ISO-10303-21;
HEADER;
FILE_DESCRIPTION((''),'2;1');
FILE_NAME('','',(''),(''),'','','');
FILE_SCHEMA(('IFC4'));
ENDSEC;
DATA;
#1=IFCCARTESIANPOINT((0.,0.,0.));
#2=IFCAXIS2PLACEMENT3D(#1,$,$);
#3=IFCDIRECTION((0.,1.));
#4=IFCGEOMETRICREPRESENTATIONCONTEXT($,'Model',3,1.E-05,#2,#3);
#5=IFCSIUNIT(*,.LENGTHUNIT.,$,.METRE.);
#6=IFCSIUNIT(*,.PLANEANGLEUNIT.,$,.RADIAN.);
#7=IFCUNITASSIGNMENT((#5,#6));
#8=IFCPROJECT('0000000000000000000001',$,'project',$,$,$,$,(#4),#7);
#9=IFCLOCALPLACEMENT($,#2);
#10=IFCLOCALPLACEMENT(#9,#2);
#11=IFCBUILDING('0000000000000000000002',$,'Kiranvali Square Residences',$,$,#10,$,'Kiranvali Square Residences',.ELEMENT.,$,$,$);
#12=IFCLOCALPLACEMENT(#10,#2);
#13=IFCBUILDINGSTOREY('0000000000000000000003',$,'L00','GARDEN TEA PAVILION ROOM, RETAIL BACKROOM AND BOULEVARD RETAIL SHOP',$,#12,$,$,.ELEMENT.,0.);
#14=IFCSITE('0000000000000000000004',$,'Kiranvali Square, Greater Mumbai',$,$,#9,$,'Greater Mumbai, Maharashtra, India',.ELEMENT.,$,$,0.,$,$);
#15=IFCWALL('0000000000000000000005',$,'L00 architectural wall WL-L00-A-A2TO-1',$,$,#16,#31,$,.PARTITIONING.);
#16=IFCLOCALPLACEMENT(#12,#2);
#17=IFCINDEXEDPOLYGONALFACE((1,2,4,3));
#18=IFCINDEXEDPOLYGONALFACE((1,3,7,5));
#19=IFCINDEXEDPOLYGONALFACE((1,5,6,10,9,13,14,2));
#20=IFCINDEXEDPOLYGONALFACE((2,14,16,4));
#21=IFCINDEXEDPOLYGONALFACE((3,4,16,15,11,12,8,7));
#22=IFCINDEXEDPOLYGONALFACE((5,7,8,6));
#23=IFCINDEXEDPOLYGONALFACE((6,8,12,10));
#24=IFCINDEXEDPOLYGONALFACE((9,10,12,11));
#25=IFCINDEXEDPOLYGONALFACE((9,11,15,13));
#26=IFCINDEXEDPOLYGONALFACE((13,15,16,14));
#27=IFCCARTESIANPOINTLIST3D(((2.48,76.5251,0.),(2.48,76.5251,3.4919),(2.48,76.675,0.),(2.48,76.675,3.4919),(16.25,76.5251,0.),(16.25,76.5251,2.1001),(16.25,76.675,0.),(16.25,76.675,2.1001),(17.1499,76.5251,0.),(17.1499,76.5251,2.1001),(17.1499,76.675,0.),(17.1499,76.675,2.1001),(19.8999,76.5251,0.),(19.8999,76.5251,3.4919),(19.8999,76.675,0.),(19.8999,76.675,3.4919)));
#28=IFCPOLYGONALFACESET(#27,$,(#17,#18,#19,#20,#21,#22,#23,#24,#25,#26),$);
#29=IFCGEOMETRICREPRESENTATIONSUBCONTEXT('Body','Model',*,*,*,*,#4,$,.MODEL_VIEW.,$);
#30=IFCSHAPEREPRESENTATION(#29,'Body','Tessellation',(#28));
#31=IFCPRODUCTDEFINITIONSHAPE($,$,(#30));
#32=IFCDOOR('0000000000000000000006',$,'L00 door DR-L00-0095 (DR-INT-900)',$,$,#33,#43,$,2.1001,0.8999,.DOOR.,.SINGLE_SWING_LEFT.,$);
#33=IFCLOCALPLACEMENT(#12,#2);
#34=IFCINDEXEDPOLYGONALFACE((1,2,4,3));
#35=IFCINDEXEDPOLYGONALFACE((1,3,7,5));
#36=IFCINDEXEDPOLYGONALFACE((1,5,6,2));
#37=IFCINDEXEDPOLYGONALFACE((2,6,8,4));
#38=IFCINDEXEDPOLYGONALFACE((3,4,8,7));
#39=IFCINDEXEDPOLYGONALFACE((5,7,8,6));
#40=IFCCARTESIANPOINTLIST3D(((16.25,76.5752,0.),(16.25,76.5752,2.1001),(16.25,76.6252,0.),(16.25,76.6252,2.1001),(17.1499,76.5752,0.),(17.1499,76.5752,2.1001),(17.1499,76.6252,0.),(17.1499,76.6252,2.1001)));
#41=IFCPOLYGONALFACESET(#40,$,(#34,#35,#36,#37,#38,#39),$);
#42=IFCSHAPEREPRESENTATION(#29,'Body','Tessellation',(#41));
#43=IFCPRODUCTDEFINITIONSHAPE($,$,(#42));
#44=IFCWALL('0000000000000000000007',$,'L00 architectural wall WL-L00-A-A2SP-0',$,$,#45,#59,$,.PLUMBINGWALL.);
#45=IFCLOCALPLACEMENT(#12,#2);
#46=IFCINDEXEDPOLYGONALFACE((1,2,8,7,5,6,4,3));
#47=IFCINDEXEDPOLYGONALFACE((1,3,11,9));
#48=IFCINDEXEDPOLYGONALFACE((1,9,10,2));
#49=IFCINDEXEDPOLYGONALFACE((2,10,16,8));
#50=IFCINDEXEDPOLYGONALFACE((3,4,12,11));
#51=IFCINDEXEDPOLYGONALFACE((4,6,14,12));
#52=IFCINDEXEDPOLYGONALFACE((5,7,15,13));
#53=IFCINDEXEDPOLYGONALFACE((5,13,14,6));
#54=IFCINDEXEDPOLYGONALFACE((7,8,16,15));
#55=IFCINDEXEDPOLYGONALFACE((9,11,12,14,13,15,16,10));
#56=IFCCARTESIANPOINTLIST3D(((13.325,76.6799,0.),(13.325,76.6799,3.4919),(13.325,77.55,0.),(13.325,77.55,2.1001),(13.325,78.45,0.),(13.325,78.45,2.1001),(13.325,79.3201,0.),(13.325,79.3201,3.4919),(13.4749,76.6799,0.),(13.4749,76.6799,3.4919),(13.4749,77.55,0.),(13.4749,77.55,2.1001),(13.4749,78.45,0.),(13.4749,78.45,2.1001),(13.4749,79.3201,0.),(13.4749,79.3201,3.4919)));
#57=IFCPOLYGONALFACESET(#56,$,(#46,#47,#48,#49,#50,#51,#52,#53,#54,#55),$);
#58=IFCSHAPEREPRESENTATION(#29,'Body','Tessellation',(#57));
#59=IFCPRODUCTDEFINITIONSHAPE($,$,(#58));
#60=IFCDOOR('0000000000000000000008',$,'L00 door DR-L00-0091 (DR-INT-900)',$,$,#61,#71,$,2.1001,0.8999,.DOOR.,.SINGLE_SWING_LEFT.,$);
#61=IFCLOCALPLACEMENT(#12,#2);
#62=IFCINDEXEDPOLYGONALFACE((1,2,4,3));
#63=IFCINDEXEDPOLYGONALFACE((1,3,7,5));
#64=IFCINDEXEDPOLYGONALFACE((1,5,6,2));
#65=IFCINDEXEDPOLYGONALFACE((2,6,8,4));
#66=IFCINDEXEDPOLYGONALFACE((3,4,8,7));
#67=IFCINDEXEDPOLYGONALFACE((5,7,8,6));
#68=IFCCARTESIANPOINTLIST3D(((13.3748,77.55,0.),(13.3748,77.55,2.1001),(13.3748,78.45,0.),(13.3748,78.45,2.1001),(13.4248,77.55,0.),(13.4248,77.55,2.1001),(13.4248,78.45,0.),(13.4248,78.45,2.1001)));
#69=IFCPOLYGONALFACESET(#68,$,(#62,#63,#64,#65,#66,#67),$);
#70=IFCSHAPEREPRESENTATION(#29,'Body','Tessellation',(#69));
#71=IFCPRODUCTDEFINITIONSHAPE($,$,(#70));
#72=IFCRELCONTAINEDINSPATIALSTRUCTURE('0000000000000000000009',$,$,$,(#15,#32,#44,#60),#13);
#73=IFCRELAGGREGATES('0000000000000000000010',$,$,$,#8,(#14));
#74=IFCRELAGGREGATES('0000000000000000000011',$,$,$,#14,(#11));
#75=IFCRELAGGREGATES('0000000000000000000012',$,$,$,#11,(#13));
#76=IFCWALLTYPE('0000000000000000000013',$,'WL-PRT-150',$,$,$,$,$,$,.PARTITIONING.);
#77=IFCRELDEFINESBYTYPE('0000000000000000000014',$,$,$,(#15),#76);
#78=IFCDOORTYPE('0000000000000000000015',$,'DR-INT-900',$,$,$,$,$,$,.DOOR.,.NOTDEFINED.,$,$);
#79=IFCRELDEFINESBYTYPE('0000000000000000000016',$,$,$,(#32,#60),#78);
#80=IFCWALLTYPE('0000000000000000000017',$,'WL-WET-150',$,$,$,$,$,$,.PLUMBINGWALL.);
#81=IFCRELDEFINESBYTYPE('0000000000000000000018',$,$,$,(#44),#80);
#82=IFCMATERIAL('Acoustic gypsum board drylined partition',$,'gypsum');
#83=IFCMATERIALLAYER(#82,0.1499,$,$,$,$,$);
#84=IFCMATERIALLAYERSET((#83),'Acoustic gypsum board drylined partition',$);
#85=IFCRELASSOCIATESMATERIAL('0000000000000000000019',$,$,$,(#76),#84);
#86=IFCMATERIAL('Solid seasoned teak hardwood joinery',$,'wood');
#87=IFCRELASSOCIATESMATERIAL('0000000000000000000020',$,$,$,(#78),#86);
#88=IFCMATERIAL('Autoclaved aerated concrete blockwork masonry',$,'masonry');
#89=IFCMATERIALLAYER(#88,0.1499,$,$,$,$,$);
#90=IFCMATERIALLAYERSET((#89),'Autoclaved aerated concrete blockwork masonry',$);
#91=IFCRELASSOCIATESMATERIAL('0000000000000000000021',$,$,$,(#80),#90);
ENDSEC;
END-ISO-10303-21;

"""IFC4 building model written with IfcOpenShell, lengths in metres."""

from ifc_helpers import new_model, si_unit, direction, frame, frame_2d, origin, place, context, subcontext, project, spatial, rectangle, extrude, material, layer, layer_set, type_object, element, fill, save


model = new_model("IFC4")

# Units and contexts
model_context = context("Model", 3, precision=1e-05, world=origin(), true_north=direction((0.0, 1.0)))
body_context = subcontext(model_context, "Body", "Model", "MODEL_VIEW")
ifc_project = project(units=[si_unit("LENGTHUNIT", "METRE"), si_unit("PLANEANGLEUNIT", "RADIAN")], contexts=[model_context])

# Site, building, storey
site_placement = place(None, origin())
site = spatial("IfcSite", under=ifc_project, at=site_placement, Name="Kiranvali Square, Greater Mumbai", LongName="Greater Mumbai, Maharashtra, India", CompositionType="ELEMENT", RefElevation=0.0)
building_placement = place(site_placement, origin())
building = spatial("IfcBuilding", under=site, at=building_placement, Name="Kiranvali Square Residences", LongName="Kiranvali Square Residences", CompositionType="ELEMENT")
storey_placement = place(building_placement, origin())
storey = spatial("IfcBuildingStorey", under=building, at=storey_placement, Name="L00", Description="GARDEN TEA PAVILION ROOM, RETAIL BACKROOM AND BOULEVARD RETAIL SHOP", CompositionType="ELEMENT", Elevation=0.0)

# Shared definitions
ifc_material_1 = material(Name="Autoclaved aerated concrete blockwork masonry", Category="masonry")

# Walls, openings, doors
ifc_material_2 = material(Name="Acoustic gypsum board drylined partition", Category="gypsum")
ifc_layer_1 = layer(ifc_material_2, 0.1499)
ifc_layer_set_1 = layer_set([ifc_layer_1], Name="Acoustic gypsum board drylined partition")
wall_type_1 = type_object("IfcWallType", Name="WL-PRT-150", PredefinedType="PARTITIONING", material=ifc_layer_set_1)
wall_1_placement = place(storey_placement, frame((19.8999, 76.6001, 0.0), z_axis=(0.0, 0.0, 1.0), x_axis=(-1.0, 0.0, 0.0)))
wall_1 = element("IfcWall", 1, at=wall_1_placement, inside=storey, type_object=wall_type_1, Name="L00 architectural wall WL-L00-A-A2TO-1", PredefinedType="PARTITIONING", context=body_context, shape_type="SweptSolid", body=[
    extrude(rectangle(XDim=17.4199, YDim=0.1499, at=frame_2d((8.71, 0.0))), origin(), (0.0, 0.0, 1.0), 3.4919),
])
opening_1_placement = place(wall_1_placement, frame((2.75, 0.0, 0.0)))
opening_1 = element("IfcOpeningElement", 2, at=opening_1_placement, cuts=wall_1, PredefinedType="OPENING", context=body_context, shape_type="SweptSolid", body=[
    extrude(rectangle(XDim=0.8999, YDim=2.1001, at=frame_2d((0.45, 1.05))), frame((0.0, 0.085, 0.0), z_axis=(0.0, -1.0, 0.0), x_axis=(1.0, 0.0, 0.0)), (0.0, 0.0, 1.0), 0.1699),
])
ifc_material_3 = material(Name="Solid seasoned teak hardwood joinery", Category="wood")
door_type_1 = type_object("IfcDoorType", Name="DR-INT-900", OperationType="NOTDEFINED", PredefinedType="DOOR", material=ifc_material_3)
door_1_placement = place(opening_1_placement, origin())
door_1 = element("IfcDoor", 3, at=door_1_placement, inside=storey, type_object=door_type_1, Name="L00 door DR-L00-0095 (DR-INT-900)", OperationType="SINGLE_SWING_LEFT", OverallHeight=2.1001, OverallWidth=0.8999, PredefinedType="DOOR", context=body_context, shape_type="SweptSolid", body=[
    extrude(rectangle(XDim=0.8999, YDim=2.1001, at=frame_2d((0.45, 1.05))), frame((0.0, 0.0249, 0.0), z_axis=(0.0, -1.0, 0.0), x_axis=(1.0, 0.0, 0.0)), (0.0, 0.0, 1.0), 0.05),
])
fill(opening_1, door_1)
ifc_layer_2 = layer(ifc_material_1, 0.1499)
ifc_layer_set_2 = layer_set([ifc_layer_2], Name="Autoclaved aerated concrete blockwork masonry")
wall_type_2 = type_object("IfcWallType", Name="WL-WET-150", PredefinedType="PLUMBINGWALL", material=ifc_layer_set_2)
wall_2_placement = place(storey_placement, frame((13.3999, 79.3201, 0.0), z_axis=(0.0, 0.0, 1.0), x_axis=(0.0, -1.0, 0.0)))
wall_2 = element("IfcWall", 4, at=wall_2_placement, inside=storey, type_object=wall_type_2, Name="L00 architectural wall WL-L00-A-A2SP-0", PredefinedType="PLUMBINGWALL", context=body_context, shape_type="SweptSolid", body=[
    extrude(rectangle(XDim=2.6401, YDim=0.1499, at=frame_2d((1.3201, 0.0))), origin(), (0.0, 0.0, 1.0), 3.4919),
])
opening_2_placement = place(wall_2_placement, frame((0.8701, 0.0, 0.0)))
opening_2 = element("IfcOpeningElement", 5, at=opening_2_placement, cuts=wall_2, PredefinedType="OPENING", context=body_context, shape_type="SweptSolid", body=[
    extrude(rectangle(XDim=0.8999, YDim=2.1001, at=frame_2d((0.45, 1.05))), frame((0.0, 0.085, 0.0), z_axis=(0.0, -1.0, 0.0), x_axis=(1.0, 0.0, 0.0)), (0.0, 0.0, 1.0), 0.1699),
])
door_2_placement = place(opening_2_placement, origin())
door_2 = element("IfcDoor", 6, at=door_2_placement, inside=storey, type_object=door_type_1, Name="L00 door DR-L00-0091 (DR-INT-900)", OperationType="SINGLE_SWING_LEFT", OverallHeight=2.1001, OverallWidth=0.8999, PredefinedType="DOOR", context=body_context, shape_type="SweptSolid", body=[
    extrude(rectangle(XDim=0.8999, YDim=2.1001, at=frame_2d((0.45, 1.05))), frame((0.0, 0.0249, 0.0), z_axis=(0.0, -1.0, 0.0), x_axis=(1.0, 0.0, 0.0)), (0.0, 0.0, 1.0), 0.05),
])
fill(opening_2, door_2)

save(model, "model.ifc")
